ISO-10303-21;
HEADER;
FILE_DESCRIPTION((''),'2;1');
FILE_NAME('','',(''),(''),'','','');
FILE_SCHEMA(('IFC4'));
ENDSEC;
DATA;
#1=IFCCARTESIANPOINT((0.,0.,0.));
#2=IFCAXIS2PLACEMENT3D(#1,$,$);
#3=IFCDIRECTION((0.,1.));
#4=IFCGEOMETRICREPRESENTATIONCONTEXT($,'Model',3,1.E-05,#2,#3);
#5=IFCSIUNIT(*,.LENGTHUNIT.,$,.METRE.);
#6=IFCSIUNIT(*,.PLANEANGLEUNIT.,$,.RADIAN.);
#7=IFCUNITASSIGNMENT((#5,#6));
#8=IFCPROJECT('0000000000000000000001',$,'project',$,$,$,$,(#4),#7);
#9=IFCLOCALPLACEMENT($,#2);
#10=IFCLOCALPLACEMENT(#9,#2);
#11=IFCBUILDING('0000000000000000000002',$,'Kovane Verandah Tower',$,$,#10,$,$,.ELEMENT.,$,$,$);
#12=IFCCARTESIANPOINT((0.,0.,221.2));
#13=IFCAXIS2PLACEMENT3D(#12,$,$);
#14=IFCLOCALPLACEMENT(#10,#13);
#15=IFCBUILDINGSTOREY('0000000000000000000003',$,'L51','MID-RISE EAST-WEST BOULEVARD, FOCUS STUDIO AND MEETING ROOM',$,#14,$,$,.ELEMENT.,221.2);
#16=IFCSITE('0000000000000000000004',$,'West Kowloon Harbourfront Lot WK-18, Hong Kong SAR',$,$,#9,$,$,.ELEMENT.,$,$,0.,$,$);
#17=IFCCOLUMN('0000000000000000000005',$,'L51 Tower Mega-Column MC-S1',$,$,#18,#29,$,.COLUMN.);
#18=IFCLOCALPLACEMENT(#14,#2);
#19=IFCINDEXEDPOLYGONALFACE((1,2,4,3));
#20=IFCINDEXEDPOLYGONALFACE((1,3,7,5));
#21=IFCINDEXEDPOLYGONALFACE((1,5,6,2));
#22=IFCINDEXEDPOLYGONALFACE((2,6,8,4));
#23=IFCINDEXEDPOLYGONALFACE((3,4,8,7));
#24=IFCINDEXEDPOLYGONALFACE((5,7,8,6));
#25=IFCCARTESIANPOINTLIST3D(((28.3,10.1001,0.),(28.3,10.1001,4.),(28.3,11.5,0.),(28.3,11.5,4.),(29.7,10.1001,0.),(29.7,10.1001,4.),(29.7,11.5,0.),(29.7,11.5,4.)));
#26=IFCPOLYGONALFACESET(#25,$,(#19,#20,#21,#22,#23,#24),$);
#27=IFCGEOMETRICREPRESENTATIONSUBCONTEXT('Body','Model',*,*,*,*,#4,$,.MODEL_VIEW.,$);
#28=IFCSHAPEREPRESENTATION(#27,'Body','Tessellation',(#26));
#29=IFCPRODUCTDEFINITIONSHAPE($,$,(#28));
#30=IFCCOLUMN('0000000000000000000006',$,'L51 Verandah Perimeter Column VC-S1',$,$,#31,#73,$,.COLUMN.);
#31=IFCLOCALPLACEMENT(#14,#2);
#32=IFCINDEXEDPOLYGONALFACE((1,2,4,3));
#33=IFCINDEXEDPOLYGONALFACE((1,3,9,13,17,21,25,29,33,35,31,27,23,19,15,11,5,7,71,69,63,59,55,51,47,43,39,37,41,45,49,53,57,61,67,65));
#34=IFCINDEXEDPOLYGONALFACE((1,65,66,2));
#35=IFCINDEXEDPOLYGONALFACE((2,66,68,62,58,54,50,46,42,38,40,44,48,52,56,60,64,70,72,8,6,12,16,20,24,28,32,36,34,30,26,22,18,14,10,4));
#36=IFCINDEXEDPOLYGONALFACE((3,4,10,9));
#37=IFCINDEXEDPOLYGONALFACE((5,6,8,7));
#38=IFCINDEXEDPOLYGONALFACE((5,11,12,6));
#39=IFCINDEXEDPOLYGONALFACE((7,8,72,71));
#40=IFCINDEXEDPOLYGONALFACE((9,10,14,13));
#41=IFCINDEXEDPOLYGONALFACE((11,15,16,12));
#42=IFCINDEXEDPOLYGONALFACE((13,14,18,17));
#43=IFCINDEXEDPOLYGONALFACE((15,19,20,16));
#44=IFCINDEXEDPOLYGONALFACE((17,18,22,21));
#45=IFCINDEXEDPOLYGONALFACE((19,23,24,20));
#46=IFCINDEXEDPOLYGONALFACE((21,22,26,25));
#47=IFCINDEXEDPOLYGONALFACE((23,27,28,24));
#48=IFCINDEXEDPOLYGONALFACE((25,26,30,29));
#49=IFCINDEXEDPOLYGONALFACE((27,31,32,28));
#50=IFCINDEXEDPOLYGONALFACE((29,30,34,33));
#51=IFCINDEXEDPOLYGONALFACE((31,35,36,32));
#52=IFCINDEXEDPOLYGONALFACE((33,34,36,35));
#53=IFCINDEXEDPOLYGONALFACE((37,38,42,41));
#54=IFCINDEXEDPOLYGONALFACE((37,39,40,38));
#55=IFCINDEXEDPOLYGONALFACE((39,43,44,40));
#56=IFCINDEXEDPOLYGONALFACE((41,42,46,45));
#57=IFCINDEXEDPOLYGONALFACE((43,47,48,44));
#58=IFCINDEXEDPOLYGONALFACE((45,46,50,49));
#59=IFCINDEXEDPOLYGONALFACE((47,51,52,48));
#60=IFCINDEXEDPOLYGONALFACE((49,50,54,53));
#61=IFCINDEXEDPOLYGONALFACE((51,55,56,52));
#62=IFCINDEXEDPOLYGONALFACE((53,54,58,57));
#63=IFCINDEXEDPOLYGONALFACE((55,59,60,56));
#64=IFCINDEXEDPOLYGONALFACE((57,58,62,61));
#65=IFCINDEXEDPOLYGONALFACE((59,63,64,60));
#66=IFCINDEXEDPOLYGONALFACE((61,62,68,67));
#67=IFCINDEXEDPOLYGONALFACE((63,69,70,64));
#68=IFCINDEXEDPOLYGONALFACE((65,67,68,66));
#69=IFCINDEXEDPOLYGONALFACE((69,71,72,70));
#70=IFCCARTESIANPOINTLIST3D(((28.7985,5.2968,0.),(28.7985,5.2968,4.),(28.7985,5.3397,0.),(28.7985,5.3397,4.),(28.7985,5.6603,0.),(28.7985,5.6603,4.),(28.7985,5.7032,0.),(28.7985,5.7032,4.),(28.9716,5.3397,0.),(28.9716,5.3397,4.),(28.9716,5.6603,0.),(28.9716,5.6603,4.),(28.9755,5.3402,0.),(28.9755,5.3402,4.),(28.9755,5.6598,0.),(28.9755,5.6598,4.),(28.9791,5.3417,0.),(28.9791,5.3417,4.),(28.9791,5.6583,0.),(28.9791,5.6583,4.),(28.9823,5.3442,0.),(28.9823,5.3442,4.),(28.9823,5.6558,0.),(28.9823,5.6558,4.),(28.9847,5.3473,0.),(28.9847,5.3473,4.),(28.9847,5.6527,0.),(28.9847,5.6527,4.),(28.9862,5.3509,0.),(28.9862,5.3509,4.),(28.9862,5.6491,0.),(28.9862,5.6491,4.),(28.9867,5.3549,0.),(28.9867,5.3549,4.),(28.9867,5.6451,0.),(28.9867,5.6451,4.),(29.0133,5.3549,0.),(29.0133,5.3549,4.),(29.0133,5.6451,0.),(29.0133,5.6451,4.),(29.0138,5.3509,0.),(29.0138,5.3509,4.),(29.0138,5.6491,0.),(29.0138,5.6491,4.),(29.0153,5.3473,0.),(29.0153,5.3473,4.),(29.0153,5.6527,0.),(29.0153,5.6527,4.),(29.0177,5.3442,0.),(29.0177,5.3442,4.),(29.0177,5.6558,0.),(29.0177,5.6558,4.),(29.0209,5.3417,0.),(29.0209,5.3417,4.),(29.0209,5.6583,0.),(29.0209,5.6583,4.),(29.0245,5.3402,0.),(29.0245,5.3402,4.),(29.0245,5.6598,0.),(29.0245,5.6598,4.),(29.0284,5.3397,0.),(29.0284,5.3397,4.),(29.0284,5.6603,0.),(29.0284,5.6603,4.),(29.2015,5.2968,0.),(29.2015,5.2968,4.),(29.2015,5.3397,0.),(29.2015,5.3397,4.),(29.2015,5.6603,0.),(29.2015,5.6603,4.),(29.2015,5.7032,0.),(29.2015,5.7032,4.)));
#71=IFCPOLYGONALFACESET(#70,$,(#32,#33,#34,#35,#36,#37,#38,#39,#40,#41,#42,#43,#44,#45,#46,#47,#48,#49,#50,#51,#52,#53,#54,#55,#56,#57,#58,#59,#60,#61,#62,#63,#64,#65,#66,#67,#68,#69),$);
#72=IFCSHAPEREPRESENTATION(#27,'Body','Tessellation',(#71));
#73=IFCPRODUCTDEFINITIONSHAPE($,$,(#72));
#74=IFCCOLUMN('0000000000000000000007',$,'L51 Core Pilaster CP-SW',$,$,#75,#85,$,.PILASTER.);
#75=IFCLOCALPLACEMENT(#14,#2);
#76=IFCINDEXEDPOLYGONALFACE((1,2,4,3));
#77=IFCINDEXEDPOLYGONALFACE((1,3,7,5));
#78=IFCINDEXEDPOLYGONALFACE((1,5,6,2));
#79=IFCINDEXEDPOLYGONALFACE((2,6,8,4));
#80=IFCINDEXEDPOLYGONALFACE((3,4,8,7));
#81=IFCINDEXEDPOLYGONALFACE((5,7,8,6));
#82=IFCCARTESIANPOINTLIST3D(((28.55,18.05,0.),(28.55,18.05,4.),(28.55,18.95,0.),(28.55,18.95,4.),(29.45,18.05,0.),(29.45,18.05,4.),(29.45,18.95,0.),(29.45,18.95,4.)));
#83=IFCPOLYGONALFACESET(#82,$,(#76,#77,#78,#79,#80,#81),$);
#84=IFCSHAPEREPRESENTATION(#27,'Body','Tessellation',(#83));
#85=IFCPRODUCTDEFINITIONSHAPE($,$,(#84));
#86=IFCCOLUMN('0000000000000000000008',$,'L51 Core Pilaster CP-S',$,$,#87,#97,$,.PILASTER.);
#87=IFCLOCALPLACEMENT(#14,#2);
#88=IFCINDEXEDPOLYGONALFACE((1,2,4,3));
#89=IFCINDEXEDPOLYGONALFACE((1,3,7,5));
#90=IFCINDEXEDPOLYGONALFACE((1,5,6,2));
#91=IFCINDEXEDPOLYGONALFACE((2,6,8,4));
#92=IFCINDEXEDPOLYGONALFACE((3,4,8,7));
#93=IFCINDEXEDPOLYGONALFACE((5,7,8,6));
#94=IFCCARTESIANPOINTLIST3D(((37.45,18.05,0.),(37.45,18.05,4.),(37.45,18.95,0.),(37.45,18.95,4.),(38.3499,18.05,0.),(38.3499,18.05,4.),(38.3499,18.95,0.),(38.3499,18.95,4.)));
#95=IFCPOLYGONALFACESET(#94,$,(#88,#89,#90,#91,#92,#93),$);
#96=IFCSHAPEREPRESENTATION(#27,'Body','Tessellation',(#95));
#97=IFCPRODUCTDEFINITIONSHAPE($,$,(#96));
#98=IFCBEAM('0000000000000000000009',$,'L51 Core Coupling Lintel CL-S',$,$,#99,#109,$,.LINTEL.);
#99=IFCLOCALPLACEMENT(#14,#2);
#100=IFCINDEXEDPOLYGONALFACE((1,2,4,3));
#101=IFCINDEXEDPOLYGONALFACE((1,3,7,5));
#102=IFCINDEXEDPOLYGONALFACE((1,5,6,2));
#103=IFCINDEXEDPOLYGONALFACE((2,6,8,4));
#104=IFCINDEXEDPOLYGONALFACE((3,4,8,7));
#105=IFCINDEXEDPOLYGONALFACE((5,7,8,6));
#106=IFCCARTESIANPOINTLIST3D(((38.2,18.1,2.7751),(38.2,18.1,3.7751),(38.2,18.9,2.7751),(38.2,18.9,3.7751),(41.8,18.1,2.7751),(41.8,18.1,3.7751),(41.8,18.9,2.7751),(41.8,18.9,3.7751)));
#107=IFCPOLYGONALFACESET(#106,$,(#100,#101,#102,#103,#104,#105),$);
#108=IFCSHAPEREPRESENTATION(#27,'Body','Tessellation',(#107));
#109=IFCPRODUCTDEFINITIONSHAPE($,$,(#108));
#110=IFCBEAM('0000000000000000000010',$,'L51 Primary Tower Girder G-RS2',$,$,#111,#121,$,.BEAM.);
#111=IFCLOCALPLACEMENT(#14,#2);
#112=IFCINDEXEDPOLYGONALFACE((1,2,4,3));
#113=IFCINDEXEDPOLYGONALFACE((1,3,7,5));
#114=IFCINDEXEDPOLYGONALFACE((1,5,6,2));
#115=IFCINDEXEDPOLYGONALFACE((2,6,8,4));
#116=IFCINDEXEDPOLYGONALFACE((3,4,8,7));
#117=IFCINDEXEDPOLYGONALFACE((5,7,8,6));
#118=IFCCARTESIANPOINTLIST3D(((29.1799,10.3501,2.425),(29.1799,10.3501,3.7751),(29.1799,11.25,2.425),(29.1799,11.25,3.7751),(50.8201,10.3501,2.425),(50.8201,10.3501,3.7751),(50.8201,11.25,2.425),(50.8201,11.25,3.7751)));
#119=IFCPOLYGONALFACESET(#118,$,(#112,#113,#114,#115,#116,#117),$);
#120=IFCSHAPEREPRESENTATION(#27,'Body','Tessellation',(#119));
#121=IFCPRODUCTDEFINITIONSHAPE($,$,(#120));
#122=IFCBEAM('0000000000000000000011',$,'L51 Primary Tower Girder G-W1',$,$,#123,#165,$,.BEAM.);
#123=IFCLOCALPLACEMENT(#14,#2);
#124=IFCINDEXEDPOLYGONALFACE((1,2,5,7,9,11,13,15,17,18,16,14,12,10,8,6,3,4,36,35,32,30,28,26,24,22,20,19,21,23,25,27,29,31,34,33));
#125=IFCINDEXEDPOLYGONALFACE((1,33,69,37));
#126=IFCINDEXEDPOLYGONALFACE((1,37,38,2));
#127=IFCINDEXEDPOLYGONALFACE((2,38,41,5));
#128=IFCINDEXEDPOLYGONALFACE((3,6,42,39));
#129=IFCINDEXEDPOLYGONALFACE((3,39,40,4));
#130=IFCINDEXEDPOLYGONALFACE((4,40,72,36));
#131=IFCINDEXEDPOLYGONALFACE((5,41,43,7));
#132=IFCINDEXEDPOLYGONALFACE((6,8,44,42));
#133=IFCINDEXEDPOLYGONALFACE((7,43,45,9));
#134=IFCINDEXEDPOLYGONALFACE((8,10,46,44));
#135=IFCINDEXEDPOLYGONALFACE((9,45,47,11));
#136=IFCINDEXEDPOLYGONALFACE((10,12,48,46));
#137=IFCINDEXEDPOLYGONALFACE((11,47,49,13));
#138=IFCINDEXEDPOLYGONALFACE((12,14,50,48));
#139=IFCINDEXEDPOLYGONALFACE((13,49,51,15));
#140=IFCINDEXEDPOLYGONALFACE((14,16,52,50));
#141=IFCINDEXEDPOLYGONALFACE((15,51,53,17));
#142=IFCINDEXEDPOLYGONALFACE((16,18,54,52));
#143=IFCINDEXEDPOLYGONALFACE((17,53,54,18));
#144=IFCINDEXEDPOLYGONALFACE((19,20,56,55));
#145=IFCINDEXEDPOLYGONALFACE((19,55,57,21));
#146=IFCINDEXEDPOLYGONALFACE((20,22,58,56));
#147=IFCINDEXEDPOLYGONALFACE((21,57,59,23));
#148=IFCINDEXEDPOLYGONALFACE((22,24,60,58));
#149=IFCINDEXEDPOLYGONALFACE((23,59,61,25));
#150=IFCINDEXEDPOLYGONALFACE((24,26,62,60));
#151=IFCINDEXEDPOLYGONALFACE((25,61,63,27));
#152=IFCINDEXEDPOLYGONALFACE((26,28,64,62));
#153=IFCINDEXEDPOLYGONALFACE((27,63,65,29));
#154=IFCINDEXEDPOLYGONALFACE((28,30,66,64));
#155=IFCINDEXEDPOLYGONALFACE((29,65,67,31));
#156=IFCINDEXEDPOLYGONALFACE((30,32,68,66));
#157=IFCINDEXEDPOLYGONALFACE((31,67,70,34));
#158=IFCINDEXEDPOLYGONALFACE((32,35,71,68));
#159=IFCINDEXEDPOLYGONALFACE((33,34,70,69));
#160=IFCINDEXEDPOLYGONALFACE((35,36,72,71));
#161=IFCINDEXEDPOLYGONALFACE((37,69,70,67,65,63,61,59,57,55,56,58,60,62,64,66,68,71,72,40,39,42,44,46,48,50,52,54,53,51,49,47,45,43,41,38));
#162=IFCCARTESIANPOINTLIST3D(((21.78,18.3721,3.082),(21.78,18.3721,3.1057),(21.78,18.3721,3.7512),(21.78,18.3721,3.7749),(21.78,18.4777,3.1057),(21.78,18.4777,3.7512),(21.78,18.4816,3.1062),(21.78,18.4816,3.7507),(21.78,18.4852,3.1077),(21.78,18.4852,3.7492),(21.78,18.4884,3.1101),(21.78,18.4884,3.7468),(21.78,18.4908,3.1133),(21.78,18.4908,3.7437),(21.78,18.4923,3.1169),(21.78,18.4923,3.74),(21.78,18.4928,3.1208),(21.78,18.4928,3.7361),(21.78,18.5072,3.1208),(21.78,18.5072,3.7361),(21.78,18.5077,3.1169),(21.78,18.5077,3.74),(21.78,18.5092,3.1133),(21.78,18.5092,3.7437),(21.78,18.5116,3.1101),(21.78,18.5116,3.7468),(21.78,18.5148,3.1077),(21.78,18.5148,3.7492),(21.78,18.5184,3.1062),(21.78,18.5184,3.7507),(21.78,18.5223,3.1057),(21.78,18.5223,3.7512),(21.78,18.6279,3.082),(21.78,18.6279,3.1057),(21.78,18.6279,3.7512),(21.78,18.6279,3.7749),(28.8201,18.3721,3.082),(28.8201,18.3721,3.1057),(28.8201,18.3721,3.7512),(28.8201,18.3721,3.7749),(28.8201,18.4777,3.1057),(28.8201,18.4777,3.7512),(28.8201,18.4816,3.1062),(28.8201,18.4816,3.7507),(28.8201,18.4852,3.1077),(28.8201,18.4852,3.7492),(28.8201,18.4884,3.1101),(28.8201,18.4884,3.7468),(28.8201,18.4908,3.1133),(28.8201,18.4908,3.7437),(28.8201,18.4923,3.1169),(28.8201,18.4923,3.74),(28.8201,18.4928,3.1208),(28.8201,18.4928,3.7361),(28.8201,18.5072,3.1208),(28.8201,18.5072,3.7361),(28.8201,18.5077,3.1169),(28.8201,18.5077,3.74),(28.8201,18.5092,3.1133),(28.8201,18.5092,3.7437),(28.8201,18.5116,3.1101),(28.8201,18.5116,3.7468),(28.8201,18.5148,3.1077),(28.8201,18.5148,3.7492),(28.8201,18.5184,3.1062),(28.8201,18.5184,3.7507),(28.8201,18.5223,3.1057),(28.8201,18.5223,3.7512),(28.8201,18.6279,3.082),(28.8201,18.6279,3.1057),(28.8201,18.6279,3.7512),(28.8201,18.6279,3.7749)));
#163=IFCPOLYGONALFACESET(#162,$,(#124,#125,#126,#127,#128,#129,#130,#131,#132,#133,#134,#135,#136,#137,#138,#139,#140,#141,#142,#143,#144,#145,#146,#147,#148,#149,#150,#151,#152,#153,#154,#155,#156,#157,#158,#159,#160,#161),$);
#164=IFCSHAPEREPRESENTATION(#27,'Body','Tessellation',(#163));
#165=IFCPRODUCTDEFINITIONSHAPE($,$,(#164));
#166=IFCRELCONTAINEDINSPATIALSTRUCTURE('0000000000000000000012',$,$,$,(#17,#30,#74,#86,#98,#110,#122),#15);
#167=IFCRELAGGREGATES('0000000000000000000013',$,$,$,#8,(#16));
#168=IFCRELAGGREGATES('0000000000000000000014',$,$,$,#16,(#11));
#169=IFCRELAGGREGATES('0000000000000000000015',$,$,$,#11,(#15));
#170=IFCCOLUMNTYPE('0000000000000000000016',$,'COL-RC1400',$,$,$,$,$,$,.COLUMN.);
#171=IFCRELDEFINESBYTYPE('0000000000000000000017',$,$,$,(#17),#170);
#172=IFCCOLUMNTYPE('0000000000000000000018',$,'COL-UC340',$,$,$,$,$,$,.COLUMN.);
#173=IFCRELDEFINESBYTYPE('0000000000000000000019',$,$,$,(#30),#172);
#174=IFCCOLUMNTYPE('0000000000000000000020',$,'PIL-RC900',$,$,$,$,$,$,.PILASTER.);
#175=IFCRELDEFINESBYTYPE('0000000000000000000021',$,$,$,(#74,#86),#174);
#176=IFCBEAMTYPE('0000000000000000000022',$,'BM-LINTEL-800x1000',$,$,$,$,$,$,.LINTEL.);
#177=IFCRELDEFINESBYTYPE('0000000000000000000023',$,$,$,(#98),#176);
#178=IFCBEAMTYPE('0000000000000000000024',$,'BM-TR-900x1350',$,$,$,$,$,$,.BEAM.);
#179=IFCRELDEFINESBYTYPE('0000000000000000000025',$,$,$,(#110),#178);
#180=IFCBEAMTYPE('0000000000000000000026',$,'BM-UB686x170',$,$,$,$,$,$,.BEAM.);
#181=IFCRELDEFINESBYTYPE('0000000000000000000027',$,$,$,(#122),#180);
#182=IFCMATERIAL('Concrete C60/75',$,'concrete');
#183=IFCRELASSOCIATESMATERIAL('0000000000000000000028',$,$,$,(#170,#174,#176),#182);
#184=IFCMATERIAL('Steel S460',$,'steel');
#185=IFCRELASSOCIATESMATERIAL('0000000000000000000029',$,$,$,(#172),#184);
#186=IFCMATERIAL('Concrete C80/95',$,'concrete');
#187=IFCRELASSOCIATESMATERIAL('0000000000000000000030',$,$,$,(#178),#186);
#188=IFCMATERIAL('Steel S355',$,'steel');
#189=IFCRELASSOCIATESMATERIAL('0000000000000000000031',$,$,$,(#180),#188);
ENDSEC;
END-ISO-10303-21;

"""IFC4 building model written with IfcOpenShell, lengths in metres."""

from ifc_helpers import new_model, si_unit, direction, frame, origin, origin_2d, place, context, subcontext, project, spatial, rectangle, i_section, extrude, material, material_profile, profile_set, type_object, element, save


model = new_model("IFC4")

# Units and contexts
model_context = context("Model", 3, precision=1e-05, world=origin(), true_north=direction((0.0, 1.0)))
body_context = subcontext(model_context, "Body", "Model", "MODEL_VIEW")
ifc_project = project(units=[si_unit("LENGTHUNIT", "METRE"), si_unit("PLANEANGLEUNIT", "RADIAN")], contexts=[model_context])

# Site, building, storey
site_placement = place(None, origin())
site = spatial("IfcSite", under=ifc_project, at=site_placement, Name="West Kowloon Harbourfront Lot WK-18, Hong Kong SAR", CompositionType="ELEMENT", RefElevation=0.0)
building_placement = place(site_placement, origin())
building = spatial("IfcBuilding", under=site, at=building_placement, Name="Kovane Verandah Tower", CompositionType="ELEMENT")
storey_placement = place(building_placement, frame((0.0, 0.0, 221.2)))
storey = spatial("IfcBuildingStorey", under=building, at=storey_placement, Name="L51", Description="MID-RISE EAST-WEST BOULEVARD, FOCUS STUDIO AND MEETING ROOM", CompositionType="ELEMENT", Elevation=221.2)

# Columns
ifc_material_1 = material(Name="Concrete C60/75", Category="concrete")
ifc_material_profile_1 = material_profile(ifc_material_1, rectangle(XDim=1.3999, YDim=1.3999, at=origin_2d()), Name="RC1400x1400")
ifc_profile_set_1 = profile_set([ifc_material_profile_1], Name="Concrete C60/75")
column_type_1 = type_object("IfcColumnType", Name="COL-RC1400", PredefinedType="COLUMN", material=ifc_profile_set_1)
column_1_placement = place(storey_placement, frame((29.0, 10.8, 0.0), z_axis=(0.0, 0.0, 1.0), x_axis=(1.0, 0.0, 0.0)))
element("IfcColumn", 1, at=column_1_placement, inside=storey, type_object=column_type_1, Name="L51 Tower Mega-Column MC-S1", PredefinedType="COLUMN", context=body_context, shape_type="SweptSolid", body=[
    extrude(rectangle(XDim=1.3999, YDim=1.3999, at=origin_2d()), origin(), (0.0, 0.0, 1.0), 4.0),
])
ifc_material_2 = material(Name="Steel S460", Category="steel")
ifc_material_profile_2 = material_profile(ifc_material_2, i_section(OverallWidth=0.4031, OverallDepth=0.4065, WebThickness=0.0266, FlangeThickness=0.043, FilletRadius=0.0151, at=origin_2d()), Name="UC356x406x340")
ifc_profile_set_2 = profile_set([ifc_material_profile_2], Name="Steel S460")
column_type_2 = type_object("IfcColumnType", Name="COL-UC340", PredefinedType="COLUMN", material=ifc_profile_set_2)
column_2_placement = place(storey_placement, frame((29.0, 5.5, 0.0), z_axis=(0.0, 0.0, 1.0), x_axis=(1.0, 0.0, 0.0)))
element("IfcColumn", 2, at=column_2_placement, inside=storey, type_object=column_type_2, Name="L51 Verandah Perimeter Column VC-S1", PredefinedType="COLUMN", context=body_context, shape_type="SweptSolid", body=[
    extrude(i_section(OverallWidth=0.4031, OverallDepth=0.4065, WebThickness=0.0266, FlangeThickness=0.043, FilletRadius=0.0151, at=origin_2d()), origin(), (0.0, 0.0, 1.0), 4.0),
])
ifc_material_profile_3 = material_profile(ifc_material_1, rectangle(XDim=0.8999, YDim=0.8999, at=origin_2d()), Name="RC900x900")
ifc_profile_set_3 = profile_set([ifc_material_profile_3], Name="Concrete C60/75")
column_type_3 = type_object("IfcColumnType", Name="PIL-RC900", PredefinedType="PILASTER", material=ifc_profile_set_3)
for number, where, z_axis, x_axis, name in (
    (3, (29.0, 18.5, 0.0), (0.0, 0.0, 1.0), (1.0, 0.0, 0.0), "L51 Core Pilaster CP-SW"),
    (4, (37.8999, 18.5, 0.0), (0.0, 0.0, 1.0), (1.0, 0.0, 0.0), "L51 Core Pilaster CP-S"),
):
    element("IfcColumn", number, at=place(storey_placement, frame(where, z_axis=z_axis, x_axis=x_axis)), inside=storey, type_object=column_type_3, Name=name, PredefinedType="PILASTER", context=body_context, shape_type="SweptSolid", body=[
        extrude(rectangle(XDim=0.8999, YDim=0.8999, at=origin_2d()), origin(), (0.0, 0.0, 1.0), 4.0),
    ])

# Beams
ifc_material_profile_4 = material_profile(ifc_material_1, rectangle(XDim=0.8, YDim=1.0, at=origin_2d()), Name="RCB800x1000")
ifc_profile_set_4 = profile_set([ifc_material_profile_4], Name="Concrete C60/75")
beam_type_1 = type_object("IfcBeamType", Name="BM-LINTEL-800x1000", PredefinedType="LINTEL", material=ifc_profile_set_4)
beam_1_placement = place(storey_placement, frame((38.2, 18.5, 3.2751), z_axis=(1.0, 0.0, 0.0), x_axis=(0.0, 1.0, 0.0)))
element("IfcBeam", 5, at=beam_1_placement, inside=storey, type_object=beam_type_1, Name="L51 Core Coupling Lintel CL-S", PredefinedType="LINTEL", context=body_context, shape_type="SweptSolid", body=[
    extrude(rectangle(XDim=0.8, YDim=1.0, at=origin_2d()), origin(), (0.0, 0.0, 1.0), 3.6001),
])
ifc_material_3 = material(Name="Concrete C80/95", Category="concrete")
ifc_material_profile_5 = material_profile(ifc_material_3, rectangle(XDim=0.8999, YDim=1.3501, at=origin_2d()), Name="RCB900x1350")
ifc_profile_set_5 = profile_set([ifc_material_profile_5], Name="Concrete C80/95")
beam_type_2 = type_object("IfcBeamType", Name="BM-TR-900x1350", PredefinedType="BEAM", material=ifc_profile_set_5)
beam_2_placement = place(storey_placement, frame((29.1799, 10.8, 3.1001), z_axis=(1.0, 0.0, 0.0), x_axis=(0.0, 1.0, 0.0)))
element("IfcBeam", 6, at=beam_2_placement, inside=storey, type_object=beam_type_2, Name="L51 Primary Tower Girder G-RS2", PredefinedType="BEAM", context=body_context, shape_type="SweptSolid", body=[
    extrude(rectangle(XDim=0.8999, YDim=1.3501, at=origin_2d()), origin(), (0.0, 0.0, 1.0), 21.6401),
])
ifc_material_4 = material(Name="Steel S355", Category="steel")
ifc_material_profile_6 = material_profile(ifc_material_4, i_section(OverallWidth=0.2559, OverallDepth=0.6929, WebThickness=0.0144, FlangeThickness=0.0237, FilletRadius=0.0151, at=origin_2d()), Name="UB686x254x170")
ifc_profile_set_6 = profile_set([ifc_material_profile_6], Name="Steel S355")
beam_type_3 = type_object("IfcBeamType", Name="BM-UB686x170", PredefinedType="BEAM", material=ifc_profile_set_6)
beam_3_placement = place(storey_placement, frame((28.8201, 18.5, 3.4285), z_axis=(-1.0, 0.0, 0.0), x_axis=(0.0, -1.0, 0.0)))
element("IfcBeam", 7, at=beam_3_placement, inside=storey, type_object=beam_type_3, Name="L51 Primary Tower Girder G-W1", PredefinedType="BEAM", context=body_context, shape_type="SweptSolid", body=[
    extrude(i_section(OverallWidth=0.2559, OverallDepth=0.6929, WebThickness=0.0144, FlangeThickness=0.0237, FilletRadius=0.0151, at=origin_2d()), origin(), (0.0, 0.0, 1.0), 7.04),
])

save(model, "model.ifc")
